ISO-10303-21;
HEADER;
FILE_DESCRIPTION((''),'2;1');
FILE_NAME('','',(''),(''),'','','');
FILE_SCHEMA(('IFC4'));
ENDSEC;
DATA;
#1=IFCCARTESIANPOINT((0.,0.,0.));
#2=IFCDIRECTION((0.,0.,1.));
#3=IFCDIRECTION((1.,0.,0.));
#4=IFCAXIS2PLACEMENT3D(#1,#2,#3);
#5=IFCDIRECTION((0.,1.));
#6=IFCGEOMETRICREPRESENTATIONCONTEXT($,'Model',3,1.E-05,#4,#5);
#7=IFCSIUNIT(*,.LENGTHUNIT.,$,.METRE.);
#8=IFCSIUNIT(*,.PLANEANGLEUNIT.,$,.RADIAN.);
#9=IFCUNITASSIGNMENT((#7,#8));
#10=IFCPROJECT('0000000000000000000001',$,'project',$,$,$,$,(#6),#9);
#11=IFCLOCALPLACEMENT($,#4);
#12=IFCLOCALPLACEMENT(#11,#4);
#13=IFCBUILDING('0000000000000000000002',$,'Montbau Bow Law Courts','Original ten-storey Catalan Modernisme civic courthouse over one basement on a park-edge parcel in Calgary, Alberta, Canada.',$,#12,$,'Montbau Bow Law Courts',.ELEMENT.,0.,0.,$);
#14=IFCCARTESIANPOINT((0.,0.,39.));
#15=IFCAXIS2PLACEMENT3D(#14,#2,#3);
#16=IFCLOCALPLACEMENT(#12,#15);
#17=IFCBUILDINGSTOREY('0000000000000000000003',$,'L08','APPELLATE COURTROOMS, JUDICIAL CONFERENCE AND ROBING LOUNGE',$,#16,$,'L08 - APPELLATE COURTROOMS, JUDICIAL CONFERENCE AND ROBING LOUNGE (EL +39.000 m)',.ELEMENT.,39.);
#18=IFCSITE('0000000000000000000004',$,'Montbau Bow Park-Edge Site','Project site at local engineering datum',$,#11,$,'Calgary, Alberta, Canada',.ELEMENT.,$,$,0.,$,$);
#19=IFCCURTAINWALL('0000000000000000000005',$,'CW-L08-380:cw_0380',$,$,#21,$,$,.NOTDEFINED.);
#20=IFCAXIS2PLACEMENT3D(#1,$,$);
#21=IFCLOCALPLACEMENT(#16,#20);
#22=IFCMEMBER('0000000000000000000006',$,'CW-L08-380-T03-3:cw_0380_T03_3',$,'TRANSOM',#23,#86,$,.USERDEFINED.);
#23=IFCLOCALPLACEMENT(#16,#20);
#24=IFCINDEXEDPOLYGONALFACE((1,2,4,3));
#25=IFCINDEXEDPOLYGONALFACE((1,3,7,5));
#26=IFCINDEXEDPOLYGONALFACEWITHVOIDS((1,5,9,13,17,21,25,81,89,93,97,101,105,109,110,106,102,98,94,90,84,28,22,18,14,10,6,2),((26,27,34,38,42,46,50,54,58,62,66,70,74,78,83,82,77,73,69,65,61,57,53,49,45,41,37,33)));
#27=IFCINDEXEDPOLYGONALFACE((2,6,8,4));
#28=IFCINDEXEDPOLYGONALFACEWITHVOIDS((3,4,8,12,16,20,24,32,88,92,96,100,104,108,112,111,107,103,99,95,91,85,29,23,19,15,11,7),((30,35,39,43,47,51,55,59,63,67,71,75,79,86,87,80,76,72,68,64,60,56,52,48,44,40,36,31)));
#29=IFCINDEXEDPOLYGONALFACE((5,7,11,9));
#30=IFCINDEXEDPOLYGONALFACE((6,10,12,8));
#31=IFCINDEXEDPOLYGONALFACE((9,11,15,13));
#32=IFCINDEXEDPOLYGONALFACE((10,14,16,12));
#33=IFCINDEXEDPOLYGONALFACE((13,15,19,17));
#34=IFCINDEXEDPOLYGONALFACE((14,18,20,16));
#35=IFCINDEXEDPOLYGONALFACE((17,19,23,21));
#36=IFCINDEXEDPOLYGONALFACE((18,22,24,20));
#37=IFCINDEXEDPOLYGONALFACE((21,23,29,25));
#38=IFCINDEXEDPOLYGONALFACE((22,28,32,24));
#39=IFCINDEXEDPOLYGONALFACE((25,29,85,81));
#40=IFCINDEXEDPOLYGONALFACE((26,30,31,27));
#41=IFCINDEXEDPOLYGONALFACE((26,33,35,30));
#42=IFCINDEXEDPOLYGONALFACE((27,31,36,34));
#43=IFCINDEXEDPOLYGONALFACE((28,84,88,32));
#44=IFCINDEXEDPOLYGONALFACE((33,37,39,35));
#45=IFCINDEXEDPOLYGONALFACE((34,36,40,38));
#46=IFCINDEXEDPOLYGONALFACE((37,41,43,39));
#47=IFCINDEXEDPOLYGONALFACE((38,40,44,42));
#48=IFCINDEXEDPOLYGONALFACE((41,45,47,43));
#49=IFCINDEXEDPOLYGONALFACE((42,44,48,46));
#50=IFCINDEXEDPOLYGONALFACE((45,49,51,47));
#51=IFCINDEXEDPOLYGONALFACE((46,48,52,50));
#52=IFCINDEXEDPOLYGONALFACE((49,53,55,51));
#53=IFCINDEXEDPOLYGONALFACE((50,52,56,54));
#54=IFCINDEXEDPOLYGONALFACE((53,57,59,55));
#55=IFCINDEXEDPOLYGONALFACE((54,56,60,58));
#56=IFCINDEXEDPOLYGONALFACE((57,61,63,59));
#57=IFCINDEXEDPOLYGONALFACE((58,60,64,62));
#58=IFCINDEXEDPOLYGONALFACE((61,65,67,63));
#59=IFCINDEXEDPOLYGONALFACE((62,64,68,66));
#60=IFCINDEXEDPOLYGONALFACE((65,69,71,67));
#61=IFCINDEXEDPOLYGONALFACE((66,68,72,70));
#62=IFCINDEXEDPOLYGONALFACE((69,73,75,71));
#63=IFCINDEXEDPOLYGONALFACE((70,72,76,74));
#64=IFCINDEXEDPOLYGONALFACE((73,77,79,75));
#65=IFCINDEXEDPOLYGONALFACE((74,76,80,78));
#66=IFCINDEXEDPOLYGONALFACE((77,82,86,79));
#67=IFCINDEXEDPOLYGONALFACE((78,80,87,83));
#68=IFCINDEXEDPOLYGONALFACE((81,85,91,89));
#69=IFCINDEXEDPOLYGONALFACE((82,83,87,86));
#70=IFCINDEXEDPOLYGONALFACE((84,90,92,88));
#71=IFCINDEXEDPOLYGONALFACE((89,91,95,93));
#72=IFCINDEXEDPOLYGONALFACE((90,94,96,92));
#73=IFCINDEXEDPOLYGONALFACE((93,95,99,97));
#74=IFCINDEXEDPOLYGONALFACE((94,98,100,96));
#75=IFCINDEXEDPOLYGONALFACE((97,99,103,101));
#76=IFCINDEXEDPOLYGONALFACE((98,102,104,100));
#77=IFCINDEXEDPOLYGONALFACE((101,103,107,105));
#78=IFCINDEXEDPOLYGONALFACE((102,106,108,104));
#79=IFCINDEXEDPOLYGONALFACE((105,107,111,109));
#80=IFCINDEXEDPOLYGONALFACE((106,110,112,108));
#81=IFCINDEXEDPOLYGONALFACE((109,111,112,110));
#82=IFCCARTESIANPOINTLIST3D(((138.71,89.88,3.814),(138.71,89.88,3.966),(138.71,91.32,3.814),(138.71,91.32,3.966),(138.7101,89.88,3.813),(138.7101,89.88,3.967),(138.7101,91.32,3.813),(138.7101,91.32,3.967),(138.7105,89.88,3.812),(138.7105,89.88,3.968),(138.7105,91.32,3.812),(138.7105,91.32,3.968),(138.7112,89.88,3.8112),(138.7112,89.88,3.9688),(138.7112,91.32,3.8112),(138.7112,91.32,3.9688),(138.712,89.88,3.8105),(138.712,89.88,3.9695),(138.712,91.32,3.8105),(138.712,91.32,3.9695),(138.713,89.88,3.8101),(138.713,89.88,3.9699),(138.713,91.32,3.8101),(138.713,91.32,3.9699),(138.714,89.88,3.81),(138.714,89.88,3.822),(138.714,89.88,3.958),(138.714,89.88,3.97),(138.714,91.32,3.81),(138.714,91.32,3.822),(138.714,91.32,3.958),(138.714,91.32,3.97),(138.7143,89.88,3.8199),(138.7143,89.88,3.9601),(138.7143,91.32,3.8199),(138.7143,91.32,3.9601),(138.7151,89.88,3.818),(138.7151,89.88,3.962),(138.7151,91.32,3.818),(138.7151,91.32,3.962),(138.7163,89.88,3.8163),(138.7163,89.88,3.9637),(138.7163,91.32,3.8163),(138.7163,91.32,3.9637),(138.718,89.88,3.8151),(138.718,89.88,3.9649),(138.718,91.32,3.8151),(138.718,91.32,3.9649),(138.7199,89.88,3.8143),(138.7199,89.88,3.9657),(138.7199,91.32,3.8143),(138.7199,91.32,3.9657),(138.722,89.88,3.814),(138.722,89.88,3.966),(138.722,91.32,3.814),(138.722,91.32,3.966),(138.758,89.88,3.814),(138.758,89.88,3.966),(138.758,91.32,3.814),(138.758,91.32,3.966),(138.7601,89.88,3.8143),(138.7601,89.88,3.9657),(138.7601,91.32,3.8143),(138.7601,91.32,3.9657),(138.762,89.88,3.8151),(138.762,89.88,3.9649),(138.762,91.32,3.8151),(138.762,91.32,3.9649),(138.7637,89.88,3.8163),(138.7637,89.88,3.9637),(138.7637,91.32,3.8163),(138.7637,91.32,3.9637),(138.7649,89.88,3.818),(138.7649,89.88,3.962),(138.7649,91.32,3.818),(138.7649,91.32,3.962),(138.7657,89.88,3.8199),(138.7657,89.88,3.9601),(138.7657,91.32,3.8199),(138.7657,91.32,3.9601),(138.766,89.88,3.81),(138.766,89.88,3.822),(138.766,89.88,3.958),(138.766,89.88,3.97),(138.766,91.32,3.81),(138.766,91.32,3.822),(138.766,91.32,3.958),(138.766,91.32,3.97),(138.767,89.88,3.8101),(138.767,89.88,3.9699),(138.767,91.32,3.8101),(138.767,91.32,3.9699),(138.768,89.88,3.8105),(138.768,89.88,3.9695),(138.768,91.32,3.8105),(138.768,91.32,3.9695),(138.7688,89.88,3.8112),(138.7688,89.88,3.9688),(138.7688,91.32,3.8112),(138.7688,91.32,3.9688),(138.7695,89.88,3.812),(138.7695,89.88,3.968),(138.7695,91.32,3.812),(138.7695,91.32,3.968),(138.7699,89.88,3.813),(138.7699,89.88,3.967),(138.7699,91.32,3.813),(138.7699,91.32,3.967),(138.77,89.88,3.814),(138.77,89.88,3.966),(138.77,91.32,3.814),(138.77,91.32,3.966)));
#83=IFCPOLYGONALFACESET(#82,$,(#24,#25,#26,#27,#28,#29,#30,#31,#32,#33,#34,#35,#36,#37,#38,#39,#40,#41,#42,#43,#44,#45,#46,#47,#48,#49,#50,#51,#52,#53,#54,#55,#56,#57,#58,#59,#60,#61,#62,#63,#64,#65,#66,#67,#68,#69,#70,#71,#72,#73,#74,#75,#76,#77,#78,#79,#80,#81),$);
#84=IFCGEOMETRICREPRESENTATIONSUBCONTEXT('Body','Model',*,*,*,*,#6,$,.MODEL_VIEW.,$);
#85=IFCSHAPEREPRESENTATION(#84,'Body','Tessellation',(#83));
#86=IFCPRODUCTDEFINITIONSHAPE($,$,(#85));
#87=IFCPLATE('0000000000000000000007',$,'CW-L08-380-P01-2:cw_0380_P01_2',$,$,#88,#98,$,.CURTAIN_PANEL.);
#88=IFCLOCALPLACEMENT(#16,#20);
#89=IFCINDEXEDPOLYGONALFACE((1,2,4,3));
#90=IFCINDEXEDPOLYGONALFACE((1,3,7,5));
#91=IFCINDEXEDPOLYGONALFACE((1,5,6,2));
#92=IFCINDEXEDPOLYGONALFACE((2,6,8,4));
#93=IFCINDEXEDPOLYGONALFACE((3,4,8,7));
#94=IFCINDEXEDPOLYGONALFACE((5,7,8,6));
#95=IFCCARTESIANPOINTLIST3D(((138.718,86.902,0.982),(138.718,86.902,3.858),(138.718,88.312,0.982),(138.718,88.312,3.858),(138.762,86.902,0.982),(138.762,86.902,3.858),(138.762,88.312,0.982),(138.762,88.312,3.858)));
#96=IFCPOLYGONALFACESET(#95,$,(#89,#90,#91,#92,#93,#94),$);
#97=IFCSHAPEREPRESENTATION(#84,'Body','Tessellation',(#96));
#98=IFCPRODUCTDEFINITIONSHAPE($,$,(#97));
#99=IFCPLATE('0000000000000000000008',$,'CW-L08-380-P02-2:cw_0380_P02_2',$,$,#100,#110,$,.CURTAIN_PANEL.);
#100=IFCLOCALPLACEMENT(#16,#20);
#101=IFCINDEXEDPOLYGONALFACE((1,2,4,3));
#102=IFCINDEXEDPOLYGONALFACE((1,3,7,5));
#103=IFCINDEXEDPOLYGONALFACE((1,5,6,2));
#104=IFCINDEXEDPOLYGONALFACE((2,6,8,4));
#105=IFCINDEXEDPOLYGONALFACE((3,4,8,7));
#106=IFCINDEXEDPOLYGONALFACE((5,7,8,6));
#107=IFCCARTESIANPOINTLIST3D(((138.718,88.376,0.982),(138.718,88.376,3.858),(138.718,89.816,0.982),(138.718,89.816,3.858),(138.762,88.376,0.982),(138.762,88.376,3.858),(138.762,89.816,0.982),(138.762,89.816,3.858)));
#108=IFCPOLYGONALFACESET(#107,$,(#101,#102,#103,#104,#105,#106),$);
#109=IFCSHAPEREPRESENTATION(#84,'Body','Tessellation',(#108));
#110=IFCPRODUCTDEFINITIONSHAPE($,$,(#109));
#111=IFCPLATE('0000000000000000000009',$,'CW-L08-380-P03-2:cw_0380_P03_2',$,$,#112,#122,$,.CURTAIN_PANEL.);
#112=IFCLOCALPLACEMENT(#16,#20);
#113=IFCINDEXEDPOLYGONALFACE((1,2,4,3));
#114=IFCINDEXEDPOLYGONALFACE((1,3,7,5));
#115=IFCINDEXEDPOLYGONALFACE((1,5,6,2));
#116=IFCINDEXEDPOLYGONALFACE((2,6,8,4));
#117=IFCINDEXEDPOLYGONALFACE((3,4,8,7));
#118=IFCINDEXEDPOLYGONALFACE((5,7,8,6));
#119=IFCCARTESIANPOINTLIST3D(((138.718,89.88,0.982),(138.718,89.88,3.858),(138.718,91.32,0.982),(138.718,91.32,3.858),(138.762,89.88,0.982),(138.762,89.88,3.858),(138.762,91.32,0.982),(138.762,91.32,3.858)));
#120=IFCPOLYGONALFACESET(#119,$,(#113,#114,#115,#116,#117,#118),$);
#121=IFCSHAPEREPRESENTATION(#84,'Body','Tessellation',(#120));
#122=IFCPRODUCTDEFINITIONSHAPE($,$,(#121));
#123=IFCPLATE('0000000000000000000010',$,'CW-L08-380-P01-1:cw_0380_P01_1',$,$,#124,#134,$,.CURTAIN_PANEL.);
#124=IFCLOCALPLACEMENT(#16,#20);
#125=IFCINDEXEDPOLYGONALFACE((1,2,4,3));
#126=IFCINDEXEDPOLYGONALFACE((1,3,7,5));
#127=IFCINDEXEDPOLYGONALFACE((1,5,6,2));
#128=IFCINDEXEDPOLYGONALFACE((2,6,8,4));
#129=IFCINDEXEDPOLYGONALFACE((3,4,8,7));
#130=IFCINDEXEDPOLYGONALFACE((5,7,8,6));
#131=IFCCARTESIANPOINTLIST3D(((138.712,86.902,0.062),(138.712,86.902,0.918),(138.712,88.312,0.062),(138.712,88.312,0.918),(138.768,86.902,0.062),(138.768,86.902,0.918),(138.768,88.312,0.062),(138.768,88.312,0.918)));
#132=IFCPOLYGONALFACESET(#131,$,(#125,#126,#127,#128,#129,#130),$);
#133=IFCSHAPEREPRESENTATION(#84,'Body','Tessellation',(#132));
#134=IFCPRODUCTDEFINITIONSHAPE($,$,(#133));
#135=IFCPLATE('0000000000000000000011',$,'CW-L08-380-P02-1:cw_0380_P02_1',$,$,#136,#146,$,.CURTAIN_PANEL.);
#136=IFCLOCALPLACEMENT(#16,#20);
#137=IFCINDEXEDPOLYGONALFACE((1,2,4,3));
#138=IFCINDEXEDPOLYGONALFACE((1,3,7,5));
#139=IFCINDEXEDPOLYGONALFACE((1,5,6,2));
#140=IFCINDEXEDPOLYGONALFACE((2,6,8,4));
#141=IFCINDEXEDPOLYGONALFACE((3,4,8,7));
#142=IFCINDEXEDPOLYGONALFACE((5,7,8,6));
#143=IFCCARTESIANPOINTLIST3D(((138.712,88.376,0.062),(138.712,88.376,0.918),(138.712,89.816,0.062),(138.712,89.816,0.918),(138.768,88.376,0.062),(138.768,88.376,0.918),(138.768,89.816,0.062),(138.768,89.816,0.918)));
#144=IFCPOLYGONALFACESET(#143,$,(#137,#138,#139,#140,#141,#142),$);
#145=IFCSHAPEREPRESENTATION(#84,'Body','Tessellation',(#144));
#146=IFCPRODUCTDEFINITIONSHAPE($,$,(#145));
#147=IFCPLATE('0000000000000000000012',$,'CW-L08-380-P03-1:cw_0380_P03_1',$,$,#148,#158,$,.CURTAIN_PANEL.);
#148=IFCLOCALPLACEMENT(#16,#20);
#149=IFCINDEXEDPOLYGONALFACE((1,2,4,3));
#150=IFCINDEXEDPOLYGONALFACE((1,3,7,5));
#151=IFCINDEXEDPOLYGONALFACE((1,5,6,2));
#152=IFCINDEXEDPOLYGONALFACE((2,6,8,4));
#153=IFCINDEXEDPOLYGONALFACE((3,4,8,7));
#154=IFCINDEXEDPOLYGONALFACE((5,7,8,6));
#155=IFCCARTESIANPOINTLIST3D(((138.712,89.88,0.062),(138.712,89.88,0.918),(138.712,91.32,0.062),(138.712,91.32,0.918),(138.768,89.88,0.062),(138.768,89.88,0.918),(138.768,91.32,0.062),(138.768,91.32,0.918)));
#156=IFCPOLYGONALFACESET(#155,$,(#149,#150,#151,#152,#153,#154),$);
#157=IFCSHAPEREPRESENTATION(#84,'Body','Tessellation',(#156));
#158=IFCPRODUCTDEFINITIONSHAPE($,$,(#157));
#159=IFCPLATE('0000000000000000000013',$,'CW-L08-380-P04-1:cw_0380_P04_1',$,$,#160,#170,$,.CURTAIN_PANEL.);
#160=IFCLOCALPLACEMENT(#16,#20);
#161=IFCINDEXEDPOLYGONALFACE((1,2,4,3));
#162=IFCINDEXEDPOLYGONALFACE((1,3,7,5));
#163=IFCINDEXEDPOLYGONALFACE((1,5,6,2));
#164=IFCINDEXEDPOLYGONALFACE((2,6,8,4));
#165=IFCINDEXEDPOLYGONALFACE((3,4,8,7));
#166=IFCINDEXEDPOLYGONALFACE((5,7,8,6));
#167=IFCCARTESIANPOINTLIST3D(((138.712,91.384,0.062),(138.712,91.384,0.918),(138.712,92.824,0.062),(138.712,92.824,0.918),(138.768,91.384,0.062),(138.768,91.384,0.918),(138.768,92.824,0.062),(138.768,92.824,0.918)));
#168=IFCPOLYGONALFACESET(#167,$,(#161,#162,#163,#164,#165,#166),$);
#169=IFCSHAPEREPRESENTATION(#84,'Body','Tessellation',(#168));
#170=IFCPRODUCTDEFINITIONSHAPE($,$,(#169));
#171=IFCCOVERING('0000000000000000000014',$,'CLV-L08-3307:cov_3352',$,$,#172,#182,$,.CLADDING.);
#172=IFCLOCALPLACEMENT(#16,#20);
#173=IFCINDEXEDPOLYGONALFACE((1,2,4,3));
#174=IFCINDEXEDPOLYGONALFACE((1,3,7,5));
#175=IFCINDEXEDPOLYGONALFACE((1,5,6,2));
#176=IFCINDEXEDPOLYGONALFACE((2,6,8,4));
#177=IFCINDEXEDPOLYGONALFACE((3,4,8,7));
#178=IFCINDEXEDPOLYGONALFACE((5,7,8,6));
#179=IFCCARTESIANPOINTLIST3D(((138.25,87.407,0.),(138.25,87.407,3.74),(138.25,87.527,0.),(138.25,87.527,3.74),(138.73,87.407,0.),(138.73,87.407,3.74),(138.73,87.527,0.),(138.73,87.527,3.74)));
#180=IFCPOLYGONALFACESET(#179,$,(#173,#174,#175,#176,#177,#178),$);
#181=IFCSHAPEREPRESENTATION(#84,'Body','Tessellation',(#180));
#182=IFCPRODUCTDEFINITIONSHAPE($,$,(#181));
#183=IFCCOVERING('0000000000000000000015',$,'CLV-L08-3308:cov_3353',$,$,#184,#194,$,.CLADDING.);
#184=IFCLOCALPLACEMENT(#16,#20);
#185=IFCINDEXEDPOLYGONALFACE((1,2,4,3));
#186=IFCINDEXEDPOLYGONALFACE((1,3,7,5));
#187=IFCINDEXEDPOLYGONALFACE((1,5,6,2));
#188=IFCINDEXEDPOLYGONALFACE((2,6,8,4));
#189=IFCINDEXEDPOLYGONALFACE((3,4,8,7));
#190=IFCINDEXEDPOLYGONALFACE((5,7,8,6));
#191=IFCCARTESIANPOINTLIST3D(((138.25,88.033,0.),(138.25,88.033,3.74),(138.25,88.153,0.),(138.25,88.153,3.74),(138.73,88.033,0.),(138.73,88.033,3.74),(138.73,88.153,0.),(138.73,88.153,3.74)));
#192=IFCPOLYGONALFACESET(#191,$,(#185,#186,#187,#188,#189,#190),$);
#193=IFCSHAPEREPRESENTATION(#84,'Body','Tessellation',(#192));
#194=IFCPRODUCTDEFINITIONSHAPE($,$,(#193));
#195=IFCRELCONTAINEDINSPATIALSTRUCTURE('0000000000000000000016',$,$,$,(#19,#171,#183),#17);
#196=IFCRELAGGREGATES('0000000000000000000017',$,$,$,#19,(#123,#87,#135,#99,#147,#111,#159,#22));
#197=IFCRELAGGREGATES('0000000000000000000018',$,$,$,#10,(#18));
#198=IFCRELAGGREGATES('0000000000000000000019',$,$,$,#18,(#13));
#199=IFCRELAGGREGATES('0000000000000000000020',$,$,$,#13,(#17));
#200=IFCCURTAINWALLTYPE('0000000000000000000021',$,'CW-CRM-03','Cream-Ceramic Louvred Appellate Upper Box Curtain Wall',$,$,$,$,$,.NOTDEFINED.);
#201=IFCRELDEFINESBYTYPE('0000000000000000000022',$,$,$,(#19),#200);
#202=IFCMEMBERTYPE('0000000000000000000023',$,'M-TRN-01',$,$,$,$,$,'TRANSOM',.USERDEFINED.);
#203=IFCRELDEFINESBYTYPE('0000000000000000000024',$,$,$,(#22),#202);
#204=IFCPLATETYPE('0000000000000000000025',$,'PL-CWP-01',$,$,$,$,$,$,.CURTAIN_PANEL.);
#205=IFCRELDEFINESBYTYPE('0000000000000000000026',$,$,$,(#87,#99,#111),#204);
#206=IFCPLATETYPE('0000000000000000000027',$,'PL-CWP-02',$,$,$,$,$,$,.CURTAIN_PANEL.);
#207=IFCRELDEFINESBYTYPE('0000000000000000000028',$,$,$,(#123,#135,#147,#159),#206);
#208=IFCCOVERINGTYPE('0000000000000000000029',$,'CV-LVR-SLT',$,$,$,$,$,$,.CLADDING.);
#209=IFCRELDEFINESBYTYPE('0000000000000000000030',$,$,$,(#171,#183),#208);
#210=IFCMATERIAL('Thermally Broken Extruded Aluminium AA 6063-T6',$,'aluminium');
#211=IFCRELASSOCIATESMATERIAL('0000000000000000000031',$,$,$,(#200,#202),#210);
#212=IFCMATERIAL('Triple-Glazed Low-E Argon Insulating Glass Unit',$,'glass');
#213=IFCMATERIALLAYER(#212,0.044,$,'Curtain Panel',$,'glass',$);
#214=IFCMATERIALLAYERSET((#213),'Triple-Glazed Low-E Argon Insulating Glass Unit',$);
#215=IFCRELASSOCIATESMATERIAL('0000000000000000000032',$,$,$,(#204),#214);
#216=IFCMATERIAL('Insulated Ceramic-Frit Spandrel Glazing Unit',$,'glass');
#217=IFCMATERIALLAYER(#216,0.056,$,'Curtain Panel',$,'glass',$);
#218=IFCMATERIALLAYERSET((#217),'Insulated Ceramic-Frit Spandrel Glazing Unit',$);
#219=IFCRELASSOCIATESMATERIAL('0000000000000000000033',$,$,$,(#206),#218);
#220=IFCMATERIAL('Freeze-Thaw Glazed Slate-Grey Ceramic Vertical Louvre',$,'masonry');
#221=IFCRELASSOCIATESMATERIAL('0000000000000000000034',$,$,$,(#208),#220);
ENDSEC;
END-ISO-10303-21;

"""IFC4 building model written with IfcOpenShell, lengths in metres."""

from ifc_helpers import new_model, si_unit, direction, frame, frame_2d, origin_with_axes, origin_2d_with_axis, place, context, subcontext, project, spatial, rectangle, hollow_rectangle, extrude, material, layer, layer_set, material_profile, profile_set, type_object, element, aggregate, save


model = new_model("IFC4")

# Units and contexts
model_context = context("Model", 3, precision=1e-05, world=origin_with_axes(), true_north=direction((0.0, 1.0)))
body_context = subcontext(model_context, "Body", "Model", "MODEL_VIEW")
ifc_project = project(units=[si_unit("LENGTHUNIT", "METRE"), si_unit("PLANEANGLEUNIT", "RADIAN")], contexts=[model_context])

# Site, building, storey
site_placement = place(None, origin_with_axes())
site = spatial("IfcSite", under=ifc_project, at=site_placement, Name="Montbau Bow Park-Edge Site", Description="Project site at local engineering datum", LongName="Calgary, Alberta, Canada", CompositionType="ELEMENT", RefElevation=0.0)
building_placement = place(site_placement, origin_with_axes())
building = spatial("IfcBuilding", under=site, at=building_placement, Name="Montbau Bow Law Courts", Description="Original ten-storey Catalan Modernisme civic courthouse over one basement on a park-edge parcel in Calgary, Alberta, Canada.", LongName="Montbau Bow Law Courts", CompositionType="ELEMENT", ElevationOfRefHeight=0.0, ElevationOfTerrain=0.0)
storey_placement = place(building_placement, frame((0.0, 0.0, 39.0), z_axis=(0.0, 0.0, 1.0), x_axis=(1.0, 0.0, 0.0)))
storey = spatial("IfcBuildingStorey", under=building, at=storey_placement, Name="L08", Description="APPELLATE COURTROOMS, JUDICIAL CONFERENCE AND ROBING LOUNGE", LongName="L08 - APPELLATE COURTROOMS, JUDICIAL CONFERENCE AND ROBING LOUNGE (EL +39.000 m)", CompositionType="ELEMENT", Elevation=39.0)

# Curtain wall
ifc_material_1 = material(Name="Thermally Broken Extruded Aluminium AA 6063-T6", Category="aluminium")
curtain_wall_type = type_object("IfcCurtainWallType", Name="CW-CRM-03", Description="Cream-Ceramic Louvred Appellate Upper Box Curtain Wall", PredefinedType="NOTDEFINED", material=ifc_material_1)
curtain_wall_1_placement = place(None, frame((138.74, 86.84, 39.0), z_axis=(0.0, 0.0, 1.0), x_axis=(1.0, 0.0, 0.0)))
curtain_wall_1 = element("IfcCurtainWall", 1, at=curtain_wall_1_placement, inside=storey, type_object=curtain_wall_type, Name="CW-L08-380:cw_0380", PredefinedType="NOTDEFINED")
ifc_material_profile_1 = material_profile(ifc_material_1, hollow_rectangle(XDim=0.06, YDim=0.16, WallThickness=0.004, InnerFilletRadius=0.008, OuterFilletRadius=0.004, at=origin_2d_with_axis()), Name="CWT-160X60", Category="Main", Priority=0)
ifc_profile_set_1 = profile_set([ifc_material_profile_1], Name="Thermally Broken Extruded Aluminium AA 6063-T6")
member_type_1 = type_object("IfcMemberType", Name="M-TRN-01", ElementType="TRANSOM", PredefinedType="USERDEFINED", material=ifc_profile_set_1)

# Member
member_1_placement = place(None, frame((138.74, 89.88, 42.89), z_axis=(0.0, 1.0, 0.0), x_axis=(-1.0, 0.0, 0.0)))
member_1 = element("IfcMember", 2, at=member_1_placement, type_object=member_type_1, Name="CW-L08-380-T03-3:cw_0380_T03_3", ObjectType="TRANSOM", PredefinedType="USERDEFINED", context=body_context, shape_type="SweptSolid", body=[
    extrude(hollow_rectangle(XDim=0.06, YDim=0.16, WallThickness=0.004, InnerFilletRadius=0.008, OuterFilletRadius=0.004, at=origin_2d_with_axis()), origin_with_axes(), (0.0, 0.0, 1.0), 1.44),
])

# Plates
ifc_material_2 = material(Name="Triple-Glazed Low-E Argon Insulating Glass Unit", Category="glass")
ifc_layer_1 = layer(ifc_material_2, 0.044, Name="Curtain Panel", Category="glass")
ifc_layer_set_1 = layer_set([ifc_layer_1], Name="Triple-Glazed Low-E Argon Insulating Glass Unit")
plate_type_1 = type_object("IfcPlateType", Name="PL-CWP-01", PredefinedType="CURTAIN_PANEL", material=ifc_layer_set_1)
plate_1_placement = place(None, frame((138.74, 86.902, 39.982), z_axis=(1.0, 0.0, 0.0), x_axis=(0.0, 1.0, 0.0)))
plate_1 = element("IfcPlate", 3, at=plate_1_placement, type_object=plate_type_1, Name="CW-L08-380-P01-2:cw_0380_P01_2", PredefinedType="CURTAIN_PANEL", context=body_context, shape_type="SweptSolid", body=[
    extrude(rectangle(XDim=1.41, YDim=2.876, at=frame_2d((0.705, 1.438), x_axis=(1.0, 0.0))), frame((0.0, 0.0, -0.022), z_axis=(0.0, 0.0, 1.0), x_axis=(1.0, 0.0, 0.0)), (0.0, 0.0, 1.0), 0.044),
])
plate_2_placement = place(None, frame((138.74, 88.376, 39.982), z_axis=(1.0, 0.0, 0.0), x_axis=(0.0, 1.0, 0.0)))
plate_2 = element("IfcPlate", 4, at=plate_2_placement, type_object=plate_type_1, Name="CW-L08-380-P02-2:cw_0380_P02_2", PredefinedType="CURTAIN_PANEL", context=body_context, shape_type="SweptSolid", body=[
    extrude(rectangle(XDim=1.44, YDim=2.876, at=frame_2d((0.72, 1.438), x_axis=(1.0, 0.0))), frame((0.0, 0.0, -0.022), z_axis=(0.0, 0.0, 1.0), x_axis=(1.0, 0.0, 0.0)), (0.0, 0.0, 1.0), 0.044),
])
plate_3_placement = place(None, frame((138.74, 89.88, 39.982), z_axis=(1.0, 0.0, 0.0), x_axis=(0.0, 1.0, 0.0)))
plate_3 = element("IfcPlate", 5, at=plate_3_placement, type_object=plate_type_1, Name="CW-L08-380-P03-2:cw_0380_P03_2", PredefinedType="CURTAIN_PANEL", context=body_context, shape_type="SweptSolid", body=[
    extrude(rectangle(XDim=1.44, YDim=2.876, at=frame_2d((0.72, 1.438), x_axis=(1.0, 0.0))), frame((0.0, 0.0, -0.022), z_axis=(0.0, 0.0, 1.0), x_axis=(1.0, 0.0, 0.0)), (0.0, 0.0, 1.0), 0.044),
])
ifc_material_3 = material(Name="Insulated Ceramic-Frit Spandrel Glazing Unit", Category="glass")
ifc_layer_2 = layer(ifc_material_3, 0.056, Name="Curtain Panel", Category="glass")
ifc_layer_set_2 = layer_set([ifc_layer_2], Name="Insulated Ceramic-Frit Spandrel Glazing Unit")
plate_type_2 = type_object("IfcPlateType", Name="PL-CWP-02", PredefinedType="CURTAIN_PANEL", material=ifc_layer_set_2)
plate_4_placement = place(None, frame((138.74, 86.902, 39.062), z_axis=(1.0, 0.0, 0.0), x_axis=(0.0, 1.0, 0.0)))
plate_4 = element("IfcPlate", 6, at=plate_4_placement, type_object=plate_type_2, Name="CW-L08-380-P01-1:cw_0380_P01_1", PredefinedType="CURTAIN_PANEL", context=body_context, shape_type="SweptSolid", body=[
    extrude(rectangle(XDim=1.41, YDim=0.856, at=frame_2d((0.705, 0.428), x_axis=(1.0, 0.0))), frame((0.0, 0.0, -0.028), z_axis=(0.0, 0.0, 1.0), x_axis=(1.0, 0.0, 0.0)), (0.0, 0.0, 1.0), 0.056),
])
plate_5_placement = place(None, frame((138.74, 88.376, 39.062), z_axis=(1.0, 0.0, 0.0), x_axis=(0.0, 1.0, 0.0)))
plate_5 = element("IfcPlate", 7, at=plate_5_placement, type_object=plate_type_2, Name="CW-L08-380-P02-1:cw_0380_P02_1", PredefinedType="CURTAIN_PANEL", context=body_context, shape_type="SweptSolid", body=[
    extrude(rectangle(XDim=1.44, YDim=0.856, at=frame_2d((0.72, 0.428), x_axis=(1.0, 0.0))), frame((0.0, 0.0, -0.028), z_axis=(0.0, 0.0, 1.0), x_axis=(1.0, 0.0, 0.0)), (0.0, 0.0, 1.0), 0.056),
])
plate_6_placement = place(None, frame((138.74, 89.88, 39.062), z_axis=(1.0, 0.0, 0.0), x_axis=(0.0, 1.0, 0.0)))
plate_6 = element("IfcPlate", 8, at=plate_6_placement, type_object=plate_type_2, Name="CW-L08-380-P03-1:cw_0380_P03_1", PredefinedType="CURTAIN_PANEL", context=body_context, shape_type="SweptSolid", body=[
    extrude(rectangle(XDim=1.44, YDim=0.856, at=frame_2d((0.72, 0.428), x_axis=(1.0, 0.0))), frame((0.0, 0.0, -0.028), z_axis=(0.0, 0.0, 1.0), x_axis=(1.0, 0.0, 0.0)), (0.0, 0.0, 1.0), 0.056),
])
plate_7_placement = place(None, frame((138.74, 91.384, 39.062), z_axis=(1.0, 0.0, 0.0), x_axis=(0.0, 1.0, 0.0)))
plate_7 = element("IfcPlate", 9, at=plate_7_placement, type_object=plate_type_2, Name="CW-L08-380-P04-1:cw_0380_P04_1", PredefinedType="CURTAIN_PANEL", context=body_context, shape_type="SweptSolid", body=[
    extrude(rectangle(XDim=1.44, YDim=0.856, at=frame_2d((0.72, 0.428), x_axis=(1.0, 0.0))), frame((0.0, 0.0, -0.028), z_axis=(0.0, 0.0, 1.0), x_axis=(1.0, 0.0, 0.0)), (0.0, 0.0, 1.0), 0.056),
])
aggregate(curtain_wall_1, [plate_4, plate_1, plate_5, plate_2, plate_6, plate_3, plate_7, member_1])

# Coverings
ifc_material_4 = material(Name="Freeze-Thaw Glazed Slate-Grey Ceramic Vertical Louvre", Category="masonry")
covering_type = type_object("IfcCoveringType", Name="CV-LVR-SLT", PredefinedType="CLADDING", material=ifc_material_4)
for number, where, z_axis, x_axis, name in (
    (10, (138.73, 87.467, 39.0), (0.0, 1.0, 0.0), (-1.0, 0.0, 0.0), "CLV-L08-3307:cov_3352"),
    (11, (138.73, 88.093, 39.0), (0.0, 1.0, 0.0), (-1.0, 0.0, 0.0), "CLV-L08-3308:cov_3353"),
):
    element("IfcCovering", number, at=place(None, frame(where, z_axis=z_axis, x_axis=x_axis)), inside=storey, type_object=covering_type, Name=name, PredefinedType="CLADDING", context=body_context, shape_type="SweptSolid", body=[
        extrude(rectangle(XDim=0.48, YDim=3.74, at=frame_2d((0.24, 1.87), x_axis=(1.0, 0.0))), frame((0.0, 0.0, -0.06), z_axis=(0.0, 0.0, 1.0), x_axis=(1.0, 0.0, 0.0)), (0.0, 0.0, 1.0), 0.12),
    ])

save(model, "model.ifc")
